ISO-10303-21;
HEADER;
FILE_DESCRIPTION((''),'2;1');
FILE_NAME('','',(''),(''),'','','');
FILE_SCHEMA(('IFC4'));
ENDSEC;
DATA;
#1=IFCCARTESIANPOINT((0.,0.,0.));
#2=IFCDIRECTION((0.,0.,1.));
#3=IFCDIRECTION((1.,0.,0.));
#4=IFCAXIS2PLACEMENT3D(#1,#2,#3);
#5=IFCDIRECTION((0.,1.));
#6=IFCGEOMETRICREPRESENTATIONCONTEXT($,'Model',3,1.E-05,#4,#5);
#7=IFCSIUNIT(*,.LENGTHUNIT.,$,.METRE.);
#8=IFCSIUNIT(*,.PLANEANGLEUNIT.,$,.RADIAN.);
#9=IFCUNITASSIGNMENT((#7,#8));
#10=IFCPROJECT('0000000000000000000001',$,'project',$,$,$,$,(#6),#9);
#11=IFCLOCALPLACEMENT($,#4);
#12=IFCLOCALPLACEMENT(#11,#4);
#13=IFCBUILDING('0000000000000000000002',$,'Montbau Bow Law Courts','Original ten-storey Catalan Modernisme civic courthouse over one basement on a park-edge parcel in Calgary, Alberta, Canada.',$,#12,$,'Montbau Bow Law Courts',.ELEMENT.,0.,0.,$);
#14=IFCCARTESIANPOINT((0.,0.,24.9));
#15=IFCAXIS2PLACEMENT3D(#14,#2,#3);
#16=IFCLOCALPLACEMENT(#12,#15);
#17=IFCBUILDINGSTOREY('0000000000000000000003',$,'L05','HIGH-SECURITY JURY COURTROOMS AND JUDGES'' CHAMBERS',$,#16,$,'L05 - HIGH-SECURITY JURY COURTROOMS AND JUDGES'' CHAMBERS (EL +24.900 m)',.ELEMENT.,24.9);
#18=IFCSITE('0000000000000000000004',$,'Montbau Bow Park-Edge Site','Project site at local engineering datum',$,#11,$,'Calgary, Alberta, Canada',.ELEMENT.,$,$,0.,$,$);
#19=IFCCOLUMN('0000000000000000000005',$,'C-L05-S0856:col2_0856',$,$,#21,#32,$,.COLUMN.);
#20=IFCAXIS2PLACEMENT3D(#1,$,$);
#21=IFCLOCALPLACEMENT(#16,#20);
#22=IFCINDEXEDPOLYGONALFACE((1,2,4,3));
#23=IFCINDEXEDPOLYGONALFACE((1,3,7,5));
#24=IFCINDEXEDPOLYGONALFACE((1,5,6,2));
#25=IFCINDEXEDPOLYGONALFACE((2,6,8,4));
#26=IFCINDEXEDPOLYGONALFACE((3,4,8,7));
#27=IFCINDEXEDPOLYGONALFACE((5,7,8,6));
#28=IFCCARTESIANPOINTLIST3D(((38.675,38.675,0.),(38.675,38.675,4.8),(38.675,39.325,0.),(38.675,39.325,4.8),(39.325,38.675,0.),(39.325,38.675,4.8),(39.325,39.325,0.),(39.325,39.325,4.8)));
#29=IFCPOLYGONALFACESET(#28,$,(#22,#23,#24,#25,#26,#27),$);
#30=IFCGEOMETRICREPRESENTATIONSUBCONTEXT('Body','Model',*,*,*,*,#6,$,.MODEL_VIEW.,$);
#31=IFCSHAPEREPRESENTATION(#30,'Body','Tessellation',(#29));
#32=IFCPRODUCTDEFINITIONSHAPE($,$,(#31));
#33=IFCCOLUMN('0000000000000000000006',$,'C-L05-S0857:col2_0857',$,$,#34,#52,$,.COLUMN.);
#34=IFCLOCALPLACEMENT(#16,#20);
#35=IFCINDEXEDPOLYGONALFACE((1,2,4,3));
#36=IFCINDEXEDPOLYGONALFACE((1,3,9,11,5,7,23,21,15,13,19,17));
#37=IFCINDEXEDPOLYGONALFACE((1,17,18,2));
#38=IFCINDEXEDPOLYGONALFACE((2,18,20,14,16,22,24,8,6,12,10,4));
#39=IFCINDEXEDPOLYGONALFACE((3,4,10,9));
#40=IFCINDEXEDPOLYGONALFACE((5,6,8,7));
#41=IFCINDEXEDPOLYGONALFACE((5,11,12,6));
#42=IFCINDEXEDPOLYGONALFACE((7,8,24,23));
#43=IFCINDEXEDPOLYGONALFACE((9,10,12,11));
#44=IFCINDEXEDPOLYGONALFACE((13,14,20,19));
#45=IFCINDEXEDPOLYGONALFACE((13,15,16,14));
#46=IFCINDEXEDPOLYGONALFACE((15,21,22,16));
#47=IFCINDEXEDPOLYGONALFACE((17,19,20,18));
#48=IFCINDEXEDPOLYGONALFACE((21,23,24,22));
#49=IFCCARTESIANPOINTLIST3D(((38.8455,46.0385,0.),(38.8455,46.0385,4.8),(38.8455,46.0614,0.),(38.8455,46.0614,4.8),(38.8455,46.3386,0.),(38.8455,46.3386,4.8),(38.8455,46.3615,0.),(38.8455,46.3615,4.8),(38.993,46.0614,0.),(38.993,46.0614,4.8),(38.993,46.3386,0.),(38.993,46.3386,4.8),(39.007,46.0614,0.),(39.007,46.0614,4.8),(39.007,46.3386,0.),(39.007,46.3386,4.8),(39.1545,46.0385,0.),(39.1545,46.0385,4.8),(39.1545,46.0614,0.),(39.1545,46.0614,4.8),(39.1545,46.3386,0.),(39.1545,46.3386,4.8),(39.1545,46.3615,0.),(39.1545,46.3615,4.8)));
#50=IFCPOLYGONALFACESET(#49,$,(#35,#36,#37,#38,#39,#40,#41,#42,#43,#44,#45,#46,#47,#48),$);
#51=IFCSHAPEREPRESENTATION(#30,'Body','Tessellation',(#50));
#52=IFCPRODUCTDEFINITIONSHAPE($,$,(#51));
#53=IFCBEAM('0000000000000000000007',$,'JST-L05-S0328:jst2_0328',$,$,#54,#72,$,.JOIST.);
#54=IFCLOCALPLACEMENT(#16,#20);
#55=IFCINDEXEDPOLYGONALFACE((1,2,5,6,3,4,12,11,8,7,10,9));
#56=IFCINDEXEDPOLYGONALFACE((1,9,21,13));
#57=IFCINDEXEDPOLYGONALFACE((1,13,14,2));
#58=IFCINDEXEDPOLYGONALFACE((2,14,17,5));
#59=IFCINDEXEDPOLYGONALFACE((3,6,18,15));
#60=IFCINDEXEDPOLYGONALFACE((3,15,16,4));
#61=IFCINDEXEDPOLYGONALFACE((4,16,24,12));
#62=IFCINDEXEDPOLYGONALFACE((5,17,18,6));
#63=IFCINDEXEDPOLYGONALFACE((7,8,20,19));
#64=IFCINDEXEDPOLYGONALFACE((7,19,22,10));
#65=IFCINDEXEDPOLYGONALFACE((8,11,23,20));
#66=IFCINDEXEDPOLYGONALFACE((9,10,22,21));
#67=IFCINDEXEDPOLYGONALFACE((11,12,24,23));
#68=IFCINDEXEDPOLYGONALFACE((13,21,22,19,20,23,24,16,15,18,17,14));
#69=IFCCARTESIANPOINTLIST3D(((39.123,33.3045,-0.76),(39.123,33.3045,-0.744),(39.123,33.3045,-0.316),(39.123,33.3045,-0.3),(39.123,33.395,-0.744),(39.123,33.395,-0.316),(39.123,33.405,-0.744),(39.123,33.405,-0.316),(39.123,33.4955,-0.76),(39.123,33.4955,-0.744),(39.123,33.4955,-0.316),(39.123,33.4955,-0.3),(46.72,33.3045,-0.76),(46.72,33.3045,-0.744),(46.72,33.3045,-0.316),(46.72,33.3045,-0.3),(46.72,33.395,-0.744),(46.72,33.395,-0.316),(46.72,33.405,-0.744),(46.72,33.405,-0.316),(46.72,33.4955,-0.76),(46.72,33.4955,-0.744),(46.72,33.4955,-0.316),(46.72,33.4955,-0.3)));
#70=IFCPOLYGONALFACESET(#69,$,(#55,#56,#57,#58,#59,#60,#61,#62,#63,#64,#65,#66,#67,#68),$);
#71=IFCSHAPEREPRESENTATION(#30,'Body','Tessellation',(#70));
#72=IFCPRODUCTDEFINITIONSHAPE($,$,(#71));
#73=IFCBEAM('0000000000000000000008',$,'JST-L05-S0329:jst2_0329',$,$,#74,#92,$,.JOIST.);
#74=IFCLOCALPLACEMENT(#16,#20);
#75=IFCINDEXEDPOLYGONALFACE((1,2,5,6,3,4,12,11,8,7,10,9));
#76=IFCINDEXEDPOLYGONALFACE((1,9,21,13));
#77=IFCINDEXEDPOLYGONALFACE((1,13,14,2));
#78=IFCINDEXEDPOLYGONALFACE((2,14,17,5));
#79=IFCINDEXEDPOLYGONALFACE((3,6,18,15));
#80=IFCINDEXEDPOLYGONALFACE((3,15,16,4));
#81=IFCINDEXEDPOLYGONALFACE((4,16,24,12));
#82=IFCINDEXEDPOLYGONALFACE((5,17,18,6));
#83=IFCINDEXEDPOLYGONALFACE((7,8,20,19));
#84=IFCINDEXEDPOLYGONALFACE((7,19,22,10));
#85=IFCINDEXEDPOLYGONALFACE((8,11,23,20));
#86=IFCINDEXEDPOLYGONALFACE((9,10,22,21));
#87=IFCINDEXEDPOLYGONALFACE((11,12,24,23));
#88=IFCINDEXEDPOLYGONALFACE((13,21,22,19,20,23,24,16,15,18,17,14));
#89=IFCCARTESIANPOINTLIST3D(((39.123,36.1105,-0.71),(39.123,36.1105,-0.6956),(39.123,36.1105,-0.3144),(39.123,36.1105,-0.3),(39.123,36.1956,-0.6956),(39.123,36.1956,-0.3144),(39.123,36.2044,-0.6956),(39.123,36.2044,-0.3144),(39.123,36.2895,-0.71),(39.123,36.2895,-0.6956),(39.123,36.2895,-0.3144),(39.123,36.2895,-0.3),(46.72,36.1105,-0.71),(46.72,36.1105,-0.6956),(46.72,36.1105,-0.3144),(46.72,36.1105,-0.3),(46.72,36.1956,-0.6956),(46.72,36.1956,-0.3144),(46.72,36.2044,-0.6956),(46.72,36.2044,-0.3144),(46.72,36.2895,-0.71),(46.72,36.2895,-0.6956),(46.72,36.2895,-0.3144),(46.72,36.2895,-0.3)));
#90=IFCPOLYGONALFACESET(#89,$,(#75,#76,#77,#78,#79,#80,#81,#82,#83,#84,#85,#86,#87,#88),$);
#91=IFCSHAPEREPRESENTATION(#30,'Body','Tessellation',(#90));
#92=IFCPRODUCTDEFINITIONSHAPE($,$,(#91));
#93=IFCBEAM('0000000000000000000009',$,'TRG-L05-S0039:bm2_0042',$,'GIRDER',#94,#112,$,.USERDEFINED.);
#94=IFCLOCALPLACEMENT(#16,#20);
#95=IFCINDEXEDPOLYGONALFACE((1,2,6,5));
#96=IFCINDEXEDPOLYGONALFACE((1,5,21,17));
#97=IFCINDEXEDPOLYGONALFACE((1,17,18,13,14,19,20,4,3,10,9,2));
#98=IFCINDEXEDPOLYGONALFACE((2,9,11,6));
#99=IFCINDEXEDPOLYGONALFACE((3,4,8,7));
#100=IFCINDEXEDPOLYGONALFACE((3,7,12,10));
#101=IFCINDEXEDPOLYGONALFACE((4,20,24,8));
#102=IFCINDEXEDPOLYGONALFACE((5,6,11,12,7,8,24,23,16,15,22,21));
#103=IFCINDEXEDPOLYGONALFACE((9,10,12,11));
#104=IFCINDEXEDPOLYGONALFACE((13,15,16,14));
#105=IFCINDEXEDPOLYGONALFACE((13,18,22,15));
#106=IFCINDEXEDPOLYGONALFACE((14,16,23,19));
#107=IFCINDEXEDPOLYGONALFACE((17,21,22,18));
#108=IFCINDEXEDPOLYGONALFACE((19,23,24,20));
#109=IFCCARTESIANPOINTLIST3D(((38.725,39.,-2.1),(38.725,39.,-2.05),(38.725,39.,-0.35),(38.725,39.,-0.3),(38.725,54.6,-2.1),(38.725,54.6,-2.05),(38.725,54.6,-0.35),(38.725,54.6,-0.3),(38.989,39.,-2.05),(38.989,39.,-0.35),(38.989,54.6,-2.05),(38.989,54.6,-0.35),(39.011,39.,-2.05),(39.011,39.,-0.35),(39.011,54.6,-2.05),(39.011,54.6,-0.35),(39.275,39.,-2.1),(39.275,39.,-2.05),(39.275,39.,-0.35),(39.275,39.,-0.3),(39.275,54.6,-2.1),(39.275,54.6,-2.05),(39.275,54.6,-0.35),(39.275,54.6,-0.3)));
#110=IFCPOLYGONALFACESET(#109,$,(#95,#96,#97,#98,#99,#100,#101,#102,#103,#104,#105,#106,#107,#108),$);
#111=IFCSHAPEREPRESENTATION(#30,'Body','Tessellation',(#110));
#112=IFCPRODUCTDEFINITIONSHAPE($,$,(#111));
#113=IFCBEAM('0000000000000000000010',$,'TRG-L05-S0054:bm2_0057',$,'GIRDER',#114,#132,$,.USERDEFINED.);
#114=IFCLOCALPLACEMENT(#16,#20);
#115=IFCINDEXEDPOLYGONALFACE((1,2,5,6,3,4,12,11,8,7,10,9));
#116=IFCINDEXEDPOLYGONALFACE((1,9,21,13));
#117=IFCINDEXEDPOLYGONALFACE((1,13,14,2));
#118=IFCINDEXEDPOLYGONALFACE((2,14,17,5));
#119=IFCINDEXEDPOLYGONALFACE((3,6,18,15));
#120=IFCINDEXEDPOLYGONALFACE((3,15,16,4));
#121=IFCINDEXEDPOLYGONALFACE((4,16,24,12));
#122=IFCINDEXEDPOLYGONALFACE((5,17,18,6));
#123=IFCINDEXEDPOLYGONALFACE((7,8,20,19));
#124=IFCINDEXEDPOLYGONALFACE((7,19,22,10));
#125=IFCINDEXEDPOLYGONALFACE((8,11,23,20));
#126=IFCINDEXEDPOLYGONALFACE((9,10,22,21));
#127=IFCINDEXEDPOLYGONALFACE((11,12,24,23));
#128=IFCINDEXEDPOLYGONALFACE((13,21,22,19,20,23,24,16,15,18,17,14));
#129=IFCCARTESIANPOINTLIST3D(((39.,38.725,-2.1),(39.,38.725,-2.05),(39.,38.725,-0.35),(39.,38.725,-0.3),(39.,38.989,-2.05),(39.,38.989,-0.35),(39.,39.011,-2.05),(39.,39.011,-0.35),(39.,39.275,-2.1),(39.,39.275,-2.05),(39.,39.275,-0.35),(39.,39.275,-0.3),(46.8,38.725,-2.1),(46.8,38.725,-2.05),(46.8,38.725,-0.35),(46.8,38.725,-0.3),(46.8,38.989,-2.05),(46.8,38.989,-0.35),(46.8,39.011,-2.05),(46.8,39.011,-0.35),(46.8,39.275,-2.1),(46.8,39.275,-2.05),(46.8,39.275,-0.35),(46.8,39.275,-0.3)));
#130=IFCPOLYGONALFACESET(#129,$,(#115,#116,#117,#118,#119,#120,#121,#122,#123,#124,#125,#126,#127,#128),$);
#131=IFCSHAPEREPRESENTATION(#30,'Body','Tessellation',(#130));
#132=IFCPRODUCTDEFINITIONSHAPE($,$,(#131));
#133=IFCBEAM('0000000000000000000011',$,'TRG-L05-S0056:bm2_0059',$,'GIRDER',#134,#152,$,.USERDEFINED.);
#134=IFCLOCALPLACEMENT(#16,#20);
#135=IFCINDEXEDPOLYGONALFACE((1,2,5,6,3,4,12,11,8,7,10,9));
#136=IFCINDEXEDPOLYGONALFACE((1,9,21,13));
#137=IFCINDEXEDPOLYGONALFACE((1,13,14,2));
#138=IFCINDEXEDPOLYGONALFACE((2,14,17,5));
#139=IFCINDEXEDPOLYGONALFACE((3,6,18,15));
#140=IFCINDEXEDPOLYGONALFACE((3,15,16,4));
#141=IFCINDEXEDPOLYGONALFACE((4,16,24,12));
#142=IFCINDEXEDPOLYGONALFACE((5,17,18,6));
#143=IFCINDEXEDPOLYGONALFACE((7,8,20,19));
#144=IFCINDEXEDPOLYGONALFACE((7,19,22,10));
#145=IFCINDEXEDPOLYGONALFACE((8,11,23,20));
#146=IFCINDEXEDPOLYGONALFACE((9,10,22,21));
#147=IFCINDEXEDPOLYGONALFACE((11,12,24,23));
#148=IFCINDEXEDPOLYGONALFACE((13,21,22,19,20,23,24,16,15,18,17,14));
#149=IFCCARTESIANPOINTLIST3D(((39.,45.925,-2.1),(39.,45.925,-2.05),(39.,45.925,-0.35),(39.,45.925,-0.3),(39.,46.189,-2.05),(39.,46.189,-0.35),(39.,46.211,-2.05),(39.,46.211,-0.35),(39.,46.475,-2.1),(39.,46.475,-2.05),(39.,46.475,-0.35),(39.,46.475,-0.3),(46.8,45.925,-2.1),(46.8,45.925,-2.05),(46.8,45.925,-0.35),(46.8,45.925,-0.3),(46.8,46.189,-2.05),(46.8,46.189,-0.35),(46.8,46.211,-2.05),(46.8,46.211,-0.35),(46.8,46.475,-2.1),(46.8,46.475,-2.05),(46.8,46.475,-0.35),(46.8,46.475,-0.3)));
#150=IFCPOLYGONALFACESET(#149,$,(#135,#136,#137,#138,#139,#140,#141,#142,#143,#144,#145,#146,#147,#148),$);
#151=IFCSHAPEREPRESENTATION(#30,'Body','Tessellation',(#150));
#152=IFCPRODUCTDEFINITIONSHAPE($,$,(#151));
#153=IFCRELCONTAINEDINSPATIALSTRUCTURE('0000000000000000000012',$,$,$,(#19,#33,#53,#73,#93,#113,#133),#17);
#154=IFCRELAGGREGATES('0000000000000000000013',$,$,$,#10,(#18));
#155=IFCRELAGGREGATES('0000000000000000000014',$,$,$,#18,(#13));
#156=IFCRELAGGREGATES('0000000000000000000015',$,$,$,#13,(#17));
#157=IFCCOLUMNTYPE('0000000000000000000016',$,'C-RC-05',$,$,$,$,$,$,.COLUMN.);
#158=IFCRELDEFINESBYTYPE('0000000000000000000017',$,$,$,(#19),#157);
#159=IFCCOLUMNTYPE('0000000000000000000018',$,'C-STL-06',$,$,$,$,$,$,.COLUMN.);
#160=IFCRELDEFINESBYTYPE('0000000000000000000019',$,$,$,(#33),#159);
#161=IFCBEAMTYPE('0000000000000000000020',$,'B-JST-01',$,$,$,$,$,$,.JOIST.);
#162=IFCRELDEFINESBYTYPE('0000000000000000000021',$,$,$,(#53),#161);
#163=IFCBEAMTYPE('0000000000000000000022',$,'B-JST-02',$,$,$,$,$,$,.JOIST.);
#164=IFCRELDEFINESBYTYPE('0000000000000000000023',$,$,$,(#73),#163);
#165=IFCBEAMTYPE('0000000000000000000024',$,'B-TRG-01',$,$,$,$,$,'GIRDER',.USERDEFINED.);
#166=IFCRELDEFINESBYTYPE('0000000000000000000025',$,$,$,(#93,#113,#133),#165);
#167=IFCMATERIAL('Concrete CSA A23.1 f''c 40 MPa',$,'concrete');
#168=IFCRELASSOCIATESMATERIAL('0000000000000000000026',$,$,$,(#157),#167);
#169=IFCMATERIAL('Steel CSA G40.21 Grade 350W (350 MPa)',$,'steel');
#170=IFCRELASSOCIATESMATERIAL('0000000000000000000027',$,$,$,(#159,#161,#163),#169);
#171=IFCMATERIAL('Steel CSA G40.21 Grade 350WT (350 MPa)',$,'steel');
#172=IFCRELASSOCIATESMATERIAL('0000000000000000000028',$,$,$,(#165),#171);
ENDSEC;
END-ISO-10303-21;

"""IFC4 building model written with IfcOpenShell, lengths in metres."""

from ifc_helpers import new_model, si_unit, direction, frame, origin_with_axes, origin_2d_with_axis, place, context, subcontext, project, spatial, rectangle, i_section, extrude, material, material_profile, profile_set, type_object, element, save


model = new_model("IFC4")

# Units and contexts
model_context = context("Model", 3, precision=1e-05, world=origin_with_axes(), true_north=direction((0.0, 1.0)))
body_context = subcontext(model_context, "Body", "Model", "MODEL_VIEW")
ifc_project = project(units=[si_unit("LENGTHUNIT", "METRE"), si_unit("PLANEANGLEUNIT", "RADIAN")], contexts=[model_context])

# Site, building, storey
site_placement = place(None, origin_with_axes())
site = spatial("IfcSite", under=ifc_project, at=site_placement, Name="Montbau Bow Park-Edge Site", Description="Project site at local engineering datum", LongName="Calgary, Alberta, Canada", CompositionType="ELEMENT", RefElevation=0.0)
building_placement = place(site_placement, origin_with_axes())
building = spatial("IfcBuilding", under=site, at=building_placement, Name="Montbau Bow Law Courts", Description="Original ten-storey Catalan Modernisme civic courthouse over one basement on a park-edge parcel in Calgary, Alberta, Canada.", LongName="Montbau Bow Law Courts", CompositionType="ELEMENT", ElevationOfRefHeight=0.0, ElevationOfTerrain=0.0)
storey_placement = place(building_placement, frame((0.0, 0.0, 24.9), z_axis=(0.0, 0.0, 1.0), x_axis=(1.0, 0.0, 0.0)))
storey = spatial("IfcBuildingStorey", under=building, at=storey_placement, Name="L05", Description="HIGH-SECURITY JURY COURTROOMS AND JUDGES' CHAMBERS", LongName="L05 - HIGH-SECURITY JURY COURTROOMS AND JUDGES' CHAMBERS (EL +24.900 m)", CompositionType="ELEMENT", Elevation=24.9)

# Columns
ifc_material_1 = material(Name="Concrete CSA A23.1 f'c 40 MPa", Category="concrete")
ifc_material_profile_1 = material_profile(ifc_material_1, rectangle(XDim=0.65, YDim=0.65, at=origin_2d_with_axis()), Name="RC650X650", Category="Main", Priority=0)
ifc_profile_set_1 = profile_set([ifc_material_profile_1], Name="Concrete CSA A23.1 f'c 40 MPa")
column_type_1 = type_object("IfcColumnType", Name="C-RC-05", PredefinedType="COLUMN", material=ifc_profile_set_1)
column_1_placement = place(None, frame((39.0, 39.0, 24.9), z_axis=(0.0, 0.0, 1.0), x_axis=(1.0, 0.0, 0.0)))
element("IfcColumn", 1, at=column_1_placement, inside=storey, type_object=column_type_1, Name="C-L05-S0856:col2_0856", PredefinedType="COLUMN", context=body_context, shape_type="SweptSolid", body=[
    extrude(rectangle(XDim=0.65, YDim=0.65, at=origin_2d_with_axis()), origin_with_axes(), (0.0, 0.0, 1.0), 4.8),
])
ifc_material_2 = material(Name="Steel CSA G40.21 Grade 350W (350 MPa)", Category="steel")
ifc_material_profile_2 = material_profile(ifc_material_2, i_section(OverallWidth=0.309, OverallDepth=0.323, WebThickness=0.014, FlangeThickness=0.0229, at=origin_2d_with_axis()), Name="W310X143", Category="Main", Priority=0)
ifc_profile_set_2 = profile_set([ifc_material_profile_2], Name="Steel CSA G40.21 Grade 350W (350 MPa)")
column_type_2 = type_object("IfcColumnType", Name="C-STL-06", PredefinedType="COLUMN", material=ifc_profile_set_2)
column_2_placement = place(None, frame((39.0, 46.2, 24.9), z_axis=(0.0, 0.0, 1.0), x_axis=(1.0, 0.0, 0.0)))
element("IfcColumn", 2, at=column_2_placement, inside=storey, type_object=column_type_2, Name="C-L05-S0857:col2_0857", PredefinedType="COLUMN", context=body_context, shape_type="SweptSolid", body=[
    extrude(i_section(OverallWidth=0.309, OverallDepth=0.323, WebThickness=0.014, FlangeThickness=0.0229, at=origin_2d_with_axis()), origin_with_axes(), (0.0, 0.0, 1.0), 4.8),
])

# Beams
ifc_material_profile_3 = material_profile(ifc_material_2, i_section(OverallWidth=0.191, OverallDepth=0.46, WebThickness=0.0099, FlangeThickness=0.016, at=origin_2d_with_axis()), Name="W460X82", Category="Main", Priority=0)
ifc_profile_set_3 = profile_set([ifc_material_profile_3], Name="Steel CSA G40.21 Grade 350W (350 MPa)")
beam_type_1 = type_object("IfcBeamType", Name="B-JST-01", PredefinedType="JOIST", material=ifc_profile_set_3)
beam_1_placement = place(None, frame((39.123, 33.4, 24.37), z_axis=(1.0, 0.0, 0.0), x_axis=(0.0, 1.0, 0.0)))
element("IfcBeam", 3, at=beam_1_placement, inside=storey, type_object=beam_type_1, Name="JST-L05-S0328:jst2_0328", PredefinedType="JOIST", context=body_context, shape_type="SweptSolid", body=[
    extrude(i_section(OverallWidth=0.191, OverallDepth=0.46, WebThickness=0.0099, FlangeThickness=0.016, at=origin_2d_with_axis()), origin_with_axes(), (0.0, 0.0, 1.0), 7.597),
])
ifc_material_profile_4 = material_profile(ifc_material_2, i_section(OverallWidth=0.179, OverallDepth=0.41, WebThickness=0.0088, FlangeThickness=0.0144, at=origin_2d_with_axis()), Name="W410X67", Category="Main", Priority=0)
ifc_profile_set_4 = profile_set([ifc_material_profile_4], Name="Steel CSA G40.21 Grade 350W (350 MPa)")
beam_type_2 = type_object("IfcBeamType", Name="B-JST-02", PredefinedType="JOIST", material=ifc_profile_set_4)
beam_2_placement = place(None, frame((39.123, 36.2, 24.395), z_axis=(1.0, 0.0, 0.0), x_axis=(0.0, 1.0, 0.0)))
element("IfcBeam", 4, at=beam_2_placement, inside=storey, type_object=beam_type_2, Name="JST-L05-S0329:jst2_0329", PredefinedType="JOIST", context=body_context, shape_type="SweptSolid", body=[
    extrude(i_section(OverallWidth=0.179, OverallDepth=0.41, WebThickness=0.0088, FlangeThickness=0.0144, at=origin_2d_with_axis()), origin_with_axes(), (0.0, 0.0, 1.0), 7.597),
])
ifc_material_3 = material(Name="Steel CSA G40.21 Grade 350WT (350 MPa)", Category="steel")
ifc_material_profile_5 = material_profile(ifc_material_3, i_section(OverallWidth=0.55, OverallDepth=1.8, WebThickness=0.022, FlangeThickness=0.05, at=origin_2d_with_axis()), Name="WWF1800X550", Category="Main", Priority=0)
ifc_profile_set_5 = profile_set([ifc_material_profile_5], Name="Steel CSA G40.21 Grade 350WT (350 MPa)")
beam_type_3 = type_object("IfcBeamType", Name="B-TRG-01", ElementType="GIRDER", PredefinedType="USERDEFINED", material=ifc_profile_set_5)
beam_3_placement = place(None, frame((39.0, 39.0, 23.7), z_axis=(0.0, 1.0, 0.0), x_axis=(-1.0, 0.0, 0.0)))
element("IfcBeam", 5, at=beam_3_placement, inside=storey, type_object=beam_type_3, Name="TRG-L05-S0039:bm2_0042", ObjectType="GIRDER", PredefinedType="USERDEFINED", context=body_context, shape_type="SweptSolid", body=[
    extrude(i_section(OverallWidth=0.55, OverallDepth=1.8, WebThickness=0.022, FlangeThickness=0.05, at=origin_2d_with_axis()), origin_with_axes(), (0.0, 0.0, 1.0), 15.6),
])
for number, where, z_axis, x_axis, name in (
    (6, (39.0, 39.0, 23.7), (1.0, 0.0, 0.0), (0.0, 1.0, 0.0), "TRG-L05-S0054:bm2_0057"),
    (7, (39.0, 46.2, 23.7), (1.0, 0.0, 0.0), (0.0, 1.0, 0.0), "TRG-L05-S0056:bm2_0059"),
):
    element("IfcBeam", number, at=place(None, frame(where, z_axis=z_axis, x_axis=x_axis)), inside=storey, type_object=beam_type_3, Name=name, ObjectType="GIRDER", PredefinedType="USERDEFINED", context=body_context, shape_type="SweptSolid", body=[
        extrude(i_section(OverallWidth=0.55, OverallDepth=1.8, WebThickness=0.022, FlangeThickness=0.05, at=origin_2d_with_axis()), origin_with_axes(), (0.0, 0.0, 1.0), 7.8),
    ])

save(model, "model.ifc")
